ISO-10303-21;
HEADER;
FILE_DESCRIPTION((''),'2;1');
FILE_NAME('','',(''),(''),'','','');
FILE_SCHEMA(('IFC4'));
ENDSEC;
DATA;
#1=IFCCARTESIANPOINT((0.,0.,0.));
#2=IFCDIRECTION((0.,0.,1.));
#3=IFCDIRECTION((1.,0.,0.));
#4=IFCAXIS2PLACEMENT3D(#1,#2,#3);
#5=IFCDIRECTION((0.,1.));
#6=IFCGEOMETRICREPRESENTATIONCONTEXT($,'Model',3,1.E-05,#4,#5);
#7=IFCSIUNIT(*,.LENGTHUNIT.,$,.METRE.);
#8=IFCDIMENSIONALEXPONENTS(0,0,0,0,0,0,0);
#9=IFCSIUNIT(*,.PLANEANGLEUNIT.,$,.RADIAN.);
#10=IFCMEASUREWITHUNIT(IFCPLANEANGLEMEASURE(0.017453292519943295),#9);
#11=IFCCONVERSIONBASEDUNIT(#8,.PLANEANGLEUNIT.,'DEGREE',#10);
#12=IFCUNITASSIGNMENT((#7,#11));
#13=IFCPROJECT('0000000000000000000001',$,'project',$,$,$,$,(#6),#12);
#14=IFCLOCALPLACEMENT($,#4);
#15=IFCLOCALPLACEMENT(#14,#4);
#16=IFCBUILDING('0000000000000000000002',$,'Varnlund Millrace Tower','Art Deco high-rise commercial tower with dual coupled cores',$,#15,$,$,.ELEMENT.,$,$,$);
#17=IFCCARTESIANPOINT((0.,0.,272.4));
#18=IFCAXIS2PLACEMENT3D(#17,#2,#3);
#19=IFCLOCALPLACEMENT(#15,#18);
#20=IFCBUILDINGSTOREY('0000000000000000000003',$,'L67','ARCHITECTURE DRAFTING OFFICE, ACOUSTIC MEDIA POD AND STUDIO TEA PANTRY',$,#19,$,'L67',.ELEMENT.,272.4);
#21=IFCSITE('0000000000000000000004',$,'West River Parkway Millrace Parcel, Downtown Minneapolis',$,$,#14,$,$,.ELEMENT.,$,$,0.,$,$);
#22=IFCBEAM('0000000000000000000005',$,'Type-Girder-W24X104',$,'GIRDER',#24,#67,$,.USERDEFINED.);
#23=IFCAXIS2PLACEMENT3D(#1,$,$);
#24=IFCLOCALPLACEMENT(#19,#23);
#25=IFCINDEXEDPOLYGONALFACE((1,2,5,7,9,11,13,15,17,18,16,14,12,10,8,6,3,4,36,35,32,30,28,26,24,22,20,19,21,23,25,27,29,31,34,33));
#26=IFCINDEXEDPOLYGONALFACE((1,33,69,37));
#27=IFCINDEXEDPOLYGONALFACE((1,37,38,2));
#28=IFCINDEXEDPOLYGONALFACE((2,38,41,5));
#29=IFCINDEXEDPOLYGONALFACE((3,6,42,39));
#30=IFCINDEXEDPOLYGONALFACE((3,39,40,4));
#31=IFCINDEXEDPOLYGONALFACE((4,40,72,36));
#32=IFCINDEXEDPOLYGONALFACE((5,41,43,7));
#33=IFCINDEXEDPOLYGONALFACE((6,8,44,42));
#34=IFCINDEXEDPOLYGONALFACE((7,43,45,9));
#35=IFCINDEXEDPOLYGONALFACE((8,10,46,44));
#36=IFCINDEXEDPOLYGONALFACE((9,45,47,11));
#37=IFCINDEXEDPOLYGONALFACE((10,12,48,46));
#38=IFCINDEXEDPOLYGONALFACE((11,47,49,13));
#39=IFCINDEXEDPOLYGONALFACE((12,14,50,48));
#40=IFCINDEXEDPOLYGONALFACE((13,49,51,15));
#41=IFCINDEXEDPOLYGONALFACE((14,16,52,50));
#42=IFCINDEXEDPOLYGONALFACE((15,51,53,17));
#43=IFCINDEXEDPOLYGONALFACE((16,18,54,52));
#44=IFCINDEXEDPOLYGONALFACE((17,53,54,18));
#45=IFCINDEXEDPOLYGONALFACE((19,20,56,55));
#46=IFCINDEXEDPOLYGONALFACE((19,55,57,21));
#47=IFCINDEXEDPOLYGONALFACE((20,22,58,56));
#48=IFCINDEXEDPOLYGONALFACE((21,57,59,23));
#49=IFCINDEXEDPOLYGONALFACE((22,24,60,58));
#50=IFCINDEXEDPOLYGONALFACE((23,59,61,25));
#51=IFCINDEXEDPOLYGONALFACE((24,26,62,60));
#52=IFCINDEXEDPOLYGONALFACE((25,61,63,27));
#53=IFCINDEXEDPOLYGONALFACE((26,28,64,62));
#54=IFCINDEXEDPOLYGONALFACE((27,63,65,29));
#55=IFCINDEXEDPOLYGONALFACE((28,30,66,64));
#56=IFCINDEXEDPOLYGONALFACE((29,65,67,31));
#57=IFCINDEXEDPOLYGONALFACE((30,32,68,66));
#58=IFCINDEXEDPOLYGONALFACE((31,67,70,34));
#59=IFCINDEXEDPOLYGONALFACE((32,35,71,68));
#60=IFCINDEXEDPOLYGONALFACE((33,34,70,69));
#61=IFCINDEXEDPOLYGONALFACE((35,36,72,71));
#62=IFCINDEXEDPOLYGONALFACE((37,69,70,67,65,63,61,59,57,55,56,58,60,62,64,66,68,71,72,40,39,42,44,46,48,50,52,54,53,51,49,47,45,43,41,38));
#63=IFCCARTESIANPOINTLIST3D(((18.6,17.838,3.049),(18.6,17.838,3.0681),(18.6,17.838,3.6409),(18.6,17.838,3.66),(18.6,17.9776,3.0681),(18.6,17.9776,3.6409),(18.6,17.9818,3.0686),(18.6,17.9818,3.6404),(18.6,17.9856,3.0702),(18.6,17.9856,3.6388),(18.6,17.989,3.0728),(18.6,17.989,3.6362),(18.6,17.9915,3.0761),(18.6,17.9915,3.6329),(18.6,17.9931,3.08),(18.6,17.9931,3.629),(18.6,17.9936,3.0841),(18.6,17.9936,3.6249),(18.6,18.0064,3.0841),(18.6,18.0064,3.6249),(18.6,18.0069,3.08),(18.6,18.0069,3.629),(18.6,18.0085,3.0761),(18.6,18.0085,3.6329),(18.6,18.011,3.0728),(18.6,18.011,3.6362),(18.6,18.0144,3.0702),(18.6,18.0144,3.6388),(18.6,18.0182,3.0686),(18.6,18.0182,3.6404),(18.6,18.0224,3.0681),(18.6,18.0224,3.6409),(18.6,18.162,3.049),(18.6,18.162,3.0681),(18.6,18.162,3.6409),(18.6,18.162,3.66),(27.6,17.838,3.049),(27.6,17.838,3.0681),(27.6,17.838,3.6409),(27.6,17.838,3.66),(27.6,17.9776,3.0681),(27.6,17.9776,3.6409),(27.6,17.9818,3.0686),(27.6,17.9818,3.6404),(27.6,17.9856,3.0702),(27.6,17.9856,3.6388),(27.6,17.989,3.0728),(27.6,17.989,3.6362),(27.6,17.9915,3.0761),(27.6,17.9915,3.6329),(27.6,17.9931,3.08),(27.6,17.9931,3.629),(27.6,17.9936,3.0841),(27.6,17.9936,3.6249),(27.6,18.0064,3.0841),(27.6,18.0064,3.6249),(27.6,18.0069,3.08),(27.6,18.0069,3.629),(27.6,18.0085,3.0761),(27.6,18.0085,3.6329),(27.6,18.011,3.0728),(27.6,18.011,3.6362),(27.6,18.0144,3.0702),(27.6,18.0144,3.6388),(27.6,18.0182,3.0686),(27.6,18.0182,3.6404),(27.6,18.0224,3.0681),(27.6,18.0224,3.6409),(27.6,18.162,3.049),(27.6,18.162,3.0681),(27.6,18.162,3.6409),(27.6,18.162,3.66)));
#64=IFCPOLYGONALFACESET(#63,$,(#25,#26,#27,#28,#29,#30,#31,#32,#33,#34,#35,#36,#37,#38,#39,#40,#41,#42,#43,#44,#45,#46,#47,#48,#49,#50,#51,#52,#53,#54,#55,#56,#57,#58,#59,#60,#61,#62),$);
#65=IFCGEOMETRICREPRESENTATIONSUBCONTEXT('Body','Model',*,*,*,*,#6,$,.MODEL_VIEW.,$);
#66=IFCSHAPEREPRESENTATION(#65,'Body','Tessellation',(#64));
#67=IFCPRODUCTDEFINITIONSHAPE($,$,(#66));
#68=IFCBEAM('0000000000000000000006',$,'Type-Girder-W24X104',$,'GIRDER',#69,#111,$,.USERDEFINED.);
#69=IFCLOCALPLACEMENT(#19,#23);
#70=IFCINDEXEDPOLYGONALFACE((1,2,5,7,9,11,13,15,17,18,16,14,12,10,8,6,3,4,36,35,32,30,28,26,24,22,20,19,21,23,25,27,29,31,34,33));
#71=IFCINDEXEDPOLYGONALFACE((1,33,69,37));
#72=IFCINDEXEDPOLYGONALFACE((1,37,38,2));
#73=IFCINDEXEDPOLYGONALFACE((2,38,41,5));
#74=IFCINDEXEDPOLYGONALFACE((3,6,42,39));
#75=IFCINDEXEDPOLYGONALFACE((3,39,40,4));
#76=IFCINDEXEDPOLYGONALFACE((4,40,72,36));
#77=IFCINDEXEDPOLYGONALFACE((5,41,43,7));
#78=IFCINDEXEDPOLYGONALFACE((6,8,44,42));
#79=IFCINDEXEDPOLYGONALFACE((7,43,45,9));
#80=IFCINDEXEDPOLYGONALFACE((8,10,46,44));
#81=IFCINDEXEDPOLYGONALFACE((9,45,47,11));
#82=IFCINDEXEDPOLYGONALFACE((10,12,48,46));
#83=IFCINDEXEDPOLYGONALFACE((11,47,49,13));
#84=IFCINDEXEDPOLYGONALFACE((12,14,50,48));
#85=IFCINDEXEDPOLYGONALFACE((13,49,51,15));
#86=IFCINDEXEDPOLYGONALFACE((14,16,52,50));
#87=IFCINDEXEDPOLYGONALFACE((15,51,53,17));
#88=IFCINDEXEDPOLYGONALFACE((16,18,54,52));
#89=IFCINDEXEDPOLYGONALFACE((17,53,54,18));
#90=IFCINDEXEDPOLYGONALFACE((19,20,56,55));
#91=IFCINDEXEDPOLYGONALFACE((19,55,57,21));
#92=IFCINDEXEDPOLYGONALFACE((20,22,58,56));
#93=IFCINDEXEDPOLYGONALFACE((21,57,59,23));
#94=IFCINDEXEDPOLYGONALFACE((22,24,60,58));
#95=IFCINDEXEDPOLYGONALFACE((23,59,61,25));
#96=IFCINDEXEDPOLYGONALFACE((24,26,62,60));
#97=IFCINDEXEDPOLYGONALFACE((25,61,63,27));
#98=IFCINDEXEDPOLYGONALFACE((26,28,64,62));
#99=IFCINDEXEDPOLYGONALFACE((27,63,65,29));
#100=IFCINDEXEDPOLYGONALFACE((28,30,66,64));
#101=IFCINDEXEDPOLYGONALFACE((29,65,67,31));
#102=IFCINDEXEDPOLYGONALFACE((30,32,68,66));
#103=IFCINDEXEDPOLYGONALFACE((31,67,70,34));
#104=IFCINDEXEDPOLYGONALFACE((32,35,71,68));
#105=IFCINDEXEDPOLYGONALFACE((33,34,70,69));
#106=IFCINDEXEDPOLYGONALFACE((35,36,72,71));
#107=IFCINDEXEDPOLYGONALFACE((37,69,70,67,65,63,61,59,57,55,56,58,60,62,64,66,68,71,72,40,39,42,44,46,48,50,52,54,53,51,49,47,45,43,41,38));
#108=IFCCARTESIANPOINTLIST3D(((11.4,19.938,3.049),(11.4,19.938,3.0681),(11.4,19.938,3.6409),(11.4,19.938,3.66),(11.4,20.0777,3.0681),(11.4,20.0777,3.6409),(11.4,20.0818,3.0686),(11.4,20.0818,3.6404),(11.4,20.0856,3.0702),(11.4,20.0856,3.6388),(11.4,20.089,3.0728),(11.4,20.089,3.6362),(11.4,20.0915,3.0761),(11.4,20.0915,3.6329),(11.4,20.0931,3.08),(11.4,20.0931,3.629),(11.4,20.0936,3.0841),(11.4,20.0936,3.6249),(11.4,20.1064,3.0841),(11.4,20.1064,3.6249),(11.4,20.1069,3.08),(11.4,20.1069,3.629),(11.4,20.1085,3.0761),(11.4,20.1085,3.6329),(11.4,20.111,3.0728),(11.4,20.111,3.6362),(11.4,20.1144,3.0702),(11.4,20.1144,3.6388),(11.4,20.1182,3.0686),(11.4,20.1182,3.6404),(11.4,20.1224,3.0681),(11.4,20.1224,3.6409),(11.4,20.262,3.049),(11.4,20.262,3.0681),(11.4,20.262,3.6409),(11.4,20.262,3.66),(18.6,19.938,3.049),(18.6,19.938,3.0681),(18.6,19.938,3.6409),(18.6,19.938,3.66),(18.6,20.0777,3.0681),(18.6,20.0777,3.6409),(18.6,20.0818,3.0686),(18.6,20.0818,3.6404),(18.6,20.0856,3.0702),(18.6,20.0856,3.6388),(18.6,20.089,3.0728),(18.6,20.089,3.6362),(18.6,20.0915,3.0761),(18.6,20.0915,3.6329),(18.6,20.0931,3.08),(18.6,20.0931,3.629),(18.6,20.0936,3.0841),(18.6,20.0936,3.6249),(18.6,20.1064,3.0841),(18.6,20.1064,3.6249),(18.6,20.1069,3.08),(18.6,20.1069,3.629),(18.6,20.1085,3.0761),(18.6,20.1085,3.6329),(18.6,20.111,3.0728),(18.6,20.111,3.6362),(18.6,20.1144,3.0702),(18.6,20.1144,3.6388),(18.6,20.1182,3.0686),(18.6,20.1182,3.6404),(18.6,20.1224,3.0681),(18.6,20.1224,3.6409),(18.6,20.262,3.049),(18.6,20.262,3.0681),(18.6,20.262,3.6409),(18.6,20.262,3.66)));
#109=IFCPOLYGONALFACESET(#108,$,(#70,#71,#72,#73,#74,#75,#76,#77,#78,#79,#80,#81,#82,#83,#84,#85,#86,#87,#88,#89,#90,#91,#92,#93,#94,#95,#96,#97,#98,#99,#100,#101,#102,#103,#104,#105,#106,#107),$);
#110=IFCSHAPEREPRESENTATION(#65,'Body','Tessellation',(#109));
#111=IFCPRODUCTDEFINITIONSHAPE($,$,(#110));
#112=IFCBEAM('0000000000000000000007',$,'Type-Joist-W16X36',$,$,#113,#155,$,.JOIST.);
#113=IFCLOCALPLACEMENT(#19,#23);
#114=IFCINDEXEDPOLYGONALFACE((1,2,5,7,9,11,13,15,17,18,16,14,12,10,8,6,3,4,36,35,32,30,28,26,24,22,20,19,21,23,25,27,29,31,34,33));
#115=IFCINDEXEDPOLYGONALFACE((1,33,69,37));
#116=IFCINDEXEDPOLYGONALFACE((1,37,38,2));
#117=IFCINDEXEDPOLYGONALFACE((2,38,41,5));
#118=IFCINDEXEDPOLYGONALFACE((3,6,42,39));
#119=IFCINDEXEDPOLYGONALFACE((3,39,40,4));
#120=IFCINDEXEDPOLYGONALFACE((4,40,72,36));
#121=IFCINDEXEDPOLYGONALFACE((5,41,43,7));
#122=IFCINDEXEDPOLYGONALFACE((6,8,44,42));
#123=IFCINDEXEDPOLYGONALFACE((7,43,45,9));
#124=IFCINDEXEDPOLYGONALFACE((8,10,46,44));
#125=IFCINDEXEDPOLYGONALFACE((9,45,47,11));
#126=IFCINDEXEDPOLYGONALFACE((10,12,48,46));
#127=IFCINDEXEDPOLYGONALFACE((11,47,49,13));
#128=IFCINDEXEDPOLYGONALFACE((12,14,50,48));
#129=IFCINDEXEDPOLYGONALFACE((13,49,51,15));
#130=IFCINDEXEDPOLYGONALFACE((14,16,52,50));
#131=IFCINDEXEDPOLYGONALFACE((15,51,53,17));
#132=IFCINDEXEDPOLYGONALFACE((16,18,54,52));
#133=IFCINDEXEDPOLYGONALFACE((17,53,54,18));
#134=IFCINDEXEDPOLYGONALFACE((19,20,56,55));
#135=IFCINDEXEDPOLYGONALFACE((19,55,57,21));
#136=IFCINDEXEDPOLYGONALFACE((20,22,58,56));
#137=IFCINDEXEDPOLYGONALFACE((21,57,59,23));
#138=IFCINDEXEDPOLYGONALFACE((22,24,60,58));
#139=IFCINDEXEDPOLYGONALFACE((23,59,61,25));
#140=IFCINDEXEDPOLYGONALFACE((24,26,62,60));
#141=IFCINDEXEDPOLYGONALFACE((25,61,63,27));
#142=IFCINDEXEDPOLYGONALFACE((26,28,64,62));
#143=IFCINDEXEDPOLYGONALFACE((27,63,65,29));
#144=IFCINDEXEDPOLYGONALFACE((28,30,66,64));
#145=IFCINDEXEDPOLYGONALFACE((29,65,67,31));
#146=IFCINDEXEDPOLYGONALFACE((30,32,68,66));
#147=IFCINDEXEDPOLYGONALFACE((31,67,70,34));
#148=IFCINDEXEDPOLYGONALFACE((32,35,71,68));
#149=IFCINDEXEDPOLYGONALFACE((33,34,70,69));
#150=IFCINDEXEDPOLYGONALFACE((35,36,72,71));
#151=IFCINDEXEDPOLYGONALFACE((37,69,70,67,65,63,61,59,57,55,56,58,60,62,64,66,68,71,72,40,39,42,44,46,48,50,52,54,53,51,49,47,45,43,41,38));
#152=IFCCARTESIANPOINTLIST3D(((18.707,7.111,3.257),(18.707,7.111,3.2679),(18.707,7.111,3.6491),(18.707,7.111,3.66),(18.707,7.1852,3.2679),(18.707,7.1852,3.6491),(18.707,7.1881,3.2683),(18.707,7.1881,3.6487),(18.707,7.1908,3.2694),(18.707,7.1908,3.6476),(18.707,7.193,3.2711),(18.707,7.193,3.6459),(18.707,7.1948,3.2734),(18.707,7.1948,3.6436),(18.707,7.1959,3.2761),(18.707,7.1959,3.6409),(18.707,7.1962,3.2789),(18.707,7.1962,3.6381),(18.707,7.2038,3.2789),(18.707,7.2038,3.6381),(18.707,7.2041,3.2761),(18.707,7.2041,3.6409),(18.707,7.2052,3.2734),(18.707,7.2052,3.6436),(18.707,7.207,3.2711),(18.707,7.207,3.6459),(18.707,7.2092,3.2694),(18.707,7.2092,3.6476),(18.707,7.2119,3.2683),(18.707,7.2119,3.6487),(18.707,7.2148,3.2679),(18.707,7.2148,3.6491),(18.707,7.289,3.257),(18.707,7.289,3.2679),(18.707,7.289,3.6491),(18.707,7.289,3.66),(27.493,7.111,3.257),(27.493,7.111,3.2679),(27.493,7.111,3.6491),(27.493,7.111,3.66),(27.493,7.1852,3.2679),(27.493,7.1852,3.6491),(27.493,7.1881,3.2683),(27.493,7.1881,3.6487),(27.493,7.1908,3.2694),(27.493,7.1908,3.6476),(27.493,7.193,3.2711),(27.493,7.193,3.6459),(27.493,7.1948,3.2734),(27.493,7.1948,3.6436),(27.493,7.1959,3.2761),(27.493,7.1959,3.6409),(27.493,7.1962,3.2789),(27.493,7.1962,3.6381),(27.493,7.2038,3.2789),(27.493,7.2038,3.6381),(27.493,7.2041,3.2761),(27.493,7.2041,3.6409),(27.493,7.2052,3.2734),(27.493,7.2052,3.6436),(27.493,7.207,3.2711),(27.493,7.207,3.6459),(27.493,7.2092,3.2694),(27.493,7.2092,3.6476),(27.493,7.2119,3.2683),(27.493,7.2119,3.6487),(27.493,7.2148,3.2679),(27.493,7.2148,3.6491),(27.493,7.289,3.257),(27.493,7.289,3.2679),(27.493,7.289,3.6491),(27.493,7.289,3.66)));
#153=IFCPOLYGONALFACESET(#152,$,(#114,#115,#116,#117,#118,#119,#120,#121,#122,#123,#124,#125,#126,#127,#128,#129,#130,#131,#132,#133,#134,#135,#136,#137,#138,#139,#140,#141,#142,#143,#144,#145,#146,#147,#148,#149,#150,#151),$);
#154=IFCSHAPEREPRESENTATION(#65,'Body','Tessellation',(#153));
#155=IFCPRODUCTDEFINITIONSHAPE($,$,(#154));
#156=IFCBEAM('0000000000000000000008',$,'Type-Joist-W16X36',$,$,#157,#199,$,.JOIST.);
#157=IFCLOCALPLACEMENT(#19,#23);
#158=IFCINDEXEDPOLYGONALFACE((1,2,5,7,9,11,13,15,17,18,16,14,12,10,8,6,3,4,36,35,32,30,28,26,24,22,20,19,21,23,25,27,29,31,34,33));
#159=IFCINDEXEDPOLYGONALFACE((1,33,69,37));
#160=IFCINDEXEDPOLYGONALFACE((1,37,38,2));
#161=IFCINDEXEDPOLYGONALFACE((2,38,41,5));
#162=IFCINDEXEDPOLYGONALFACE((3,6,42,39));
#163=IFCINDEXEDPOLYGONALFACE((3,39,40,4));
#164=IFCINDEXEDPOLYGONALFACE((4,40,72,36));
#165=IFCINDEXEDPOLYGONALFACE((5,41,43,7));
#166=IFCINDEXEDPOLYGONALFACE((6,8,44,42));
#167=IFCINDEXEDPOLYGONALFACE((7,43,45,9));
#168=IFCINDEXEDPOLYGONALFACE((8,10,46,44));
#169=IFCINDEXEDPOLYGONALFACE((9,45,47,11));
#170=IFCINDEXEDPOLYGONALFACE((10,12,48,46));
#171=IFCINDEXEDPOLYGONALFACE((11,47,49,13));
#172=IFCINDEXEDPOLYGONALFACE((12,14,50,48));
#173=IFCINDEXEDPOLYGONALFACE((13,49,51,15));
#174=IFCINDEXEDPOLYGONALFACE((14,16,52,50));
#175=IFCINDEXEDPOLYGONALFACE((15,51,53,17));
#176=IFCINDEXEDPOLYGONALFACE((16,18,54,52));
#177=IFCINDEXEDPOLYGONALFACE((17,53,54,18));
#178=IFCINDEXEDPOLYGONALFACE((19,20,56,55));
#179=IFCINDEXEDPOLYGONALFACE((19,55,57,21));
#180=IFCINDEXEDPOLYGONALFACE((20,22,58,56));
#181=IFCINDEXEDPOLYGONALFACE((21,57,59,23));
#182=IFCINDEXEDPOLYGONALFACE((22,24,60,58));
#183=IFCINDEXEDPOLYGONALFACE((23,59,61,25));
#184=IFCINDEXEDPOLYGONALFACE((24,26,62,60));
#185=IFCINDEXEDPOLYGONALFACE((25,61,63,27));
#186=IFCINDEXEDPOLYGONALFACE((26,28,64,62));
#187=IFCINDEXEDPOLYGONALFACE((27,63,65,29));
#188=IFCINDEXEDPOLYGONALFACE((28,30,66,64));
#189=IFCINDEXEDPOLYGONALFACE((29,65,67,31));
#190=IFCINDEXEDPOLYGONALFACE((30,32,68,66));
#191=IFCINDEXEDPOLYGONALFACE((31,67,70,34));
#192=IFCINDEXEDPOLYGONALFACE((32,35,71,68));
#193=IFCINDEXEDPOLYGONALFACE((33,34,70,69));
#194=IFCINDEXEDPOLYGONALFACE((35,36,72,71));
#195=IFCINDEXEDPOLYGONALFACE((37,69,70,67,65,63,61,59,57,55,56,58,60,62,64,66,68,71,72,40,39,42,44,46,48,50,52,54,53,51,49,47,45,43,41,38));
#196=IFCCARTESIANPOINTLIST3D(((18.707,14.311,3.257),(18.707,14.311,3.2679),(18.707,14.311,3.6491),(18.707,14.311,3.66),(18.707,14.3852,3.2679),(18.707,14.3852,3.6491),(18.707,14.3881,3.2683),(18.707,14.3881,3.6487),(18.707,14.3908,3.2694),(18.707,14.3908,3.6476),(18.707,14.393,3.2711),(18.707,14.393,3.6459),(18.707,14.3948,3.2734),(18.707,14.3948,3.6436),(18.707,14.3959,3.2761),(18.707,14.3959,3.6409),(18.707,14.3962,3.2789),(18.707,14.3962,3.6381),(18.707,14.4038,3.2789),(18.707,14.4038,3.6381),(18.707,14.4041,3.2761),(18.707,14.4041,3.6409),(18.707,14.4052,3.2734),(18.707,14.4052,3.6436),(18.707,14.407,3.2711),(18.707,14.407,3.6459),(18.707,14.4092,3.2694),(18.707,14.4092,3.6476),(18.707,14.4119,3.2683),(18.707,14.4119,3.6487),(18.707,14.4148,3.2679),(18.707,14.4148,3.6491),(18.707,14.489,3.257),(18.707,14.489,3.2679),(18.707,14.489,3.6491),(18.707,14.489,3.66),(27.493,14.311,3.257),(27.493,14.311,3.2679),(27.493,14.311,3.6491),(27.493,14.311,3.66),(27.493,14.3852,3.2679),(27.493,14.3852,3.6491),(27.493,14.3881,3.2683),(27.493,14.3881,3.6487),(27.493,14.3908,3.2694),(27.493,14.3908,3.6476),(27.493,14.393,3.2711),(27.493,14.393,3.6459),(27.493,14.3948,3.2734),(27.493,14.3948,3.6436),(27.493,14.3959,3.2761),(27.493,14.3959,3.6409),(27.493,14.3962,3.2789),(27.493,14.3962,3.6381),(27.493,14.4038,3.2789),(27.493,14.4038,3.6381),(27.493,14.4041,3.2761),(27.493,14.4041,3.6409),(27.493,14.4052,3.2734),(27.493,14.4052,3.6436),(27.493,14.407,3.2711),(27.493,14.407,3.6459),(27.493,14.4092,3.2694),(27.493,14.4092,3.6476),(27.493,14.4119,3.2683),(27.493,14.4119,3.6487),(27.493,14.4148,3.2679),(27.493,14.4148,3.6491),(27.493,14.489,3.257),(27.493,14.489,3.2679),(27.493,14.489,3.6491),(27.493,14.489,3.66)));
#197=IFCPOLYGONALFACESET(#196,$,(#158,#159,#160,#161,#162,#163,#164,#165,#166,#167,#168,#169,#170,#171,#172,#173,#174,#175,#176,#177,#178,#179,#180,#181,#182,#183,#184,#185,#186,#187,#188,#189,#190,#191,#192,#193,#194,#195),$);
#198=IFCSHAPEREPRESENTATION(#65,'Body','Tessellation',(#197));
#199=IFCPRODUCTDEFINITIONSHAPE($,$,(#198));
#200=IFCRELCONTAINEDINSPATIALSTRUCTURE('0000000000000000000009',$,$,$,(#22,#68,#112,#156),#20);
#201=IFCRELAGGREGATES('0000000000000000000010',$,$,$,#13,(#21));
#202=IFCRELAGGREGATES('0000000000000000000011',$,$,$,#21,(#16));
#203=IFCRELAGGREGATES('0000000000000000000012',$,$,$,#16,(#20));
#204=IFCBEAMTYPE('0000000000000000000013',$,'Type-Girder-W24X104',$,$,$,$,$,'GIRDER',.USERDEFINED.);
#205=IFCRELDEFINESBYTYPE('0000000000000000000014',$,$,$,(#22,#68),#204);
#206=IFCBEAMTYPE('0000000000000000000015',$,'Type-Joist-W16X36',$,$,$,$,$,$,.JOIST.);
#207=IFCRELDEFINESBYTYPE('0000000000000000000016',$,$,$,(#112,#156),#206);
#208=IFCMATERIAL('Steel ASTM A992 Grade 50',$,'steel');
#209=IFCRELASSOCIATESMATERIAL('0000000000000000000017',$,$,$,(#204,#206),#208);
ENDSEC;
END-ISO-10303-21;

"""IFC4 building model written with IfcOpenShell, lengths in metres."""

from ifc_helpers import new_model, entity, si_unit, converted_unit, direction, frame, origin_with_axes, origin_2d_with_axis, place, context, subcontext, project, spatial, i_section, extrude, material, material_profile, profile_set, type_object, element, save


model = new_model("IFC4")

# Units and contexts
model_context = context("Model", 3, precision=1e-05, world=origin_with_axes(), true_north=direction((0.0, 1.0)))
body_context = subcontext(model_context, "Body", "Model", "MODEL_VIEW")
ifc_project = project(units=[si_unit("LENGTHUNIT", "METRE"), converted_unit("PLANEANGLEUNIT", "DEGREE", entity("IfcPlaneAngleMeasure", 0.017453292519943295), si_unit("PLANEANGLEUNIT", "RADIAN"), dimensions=[0, 0, 0, 0, 0, 0, 0])], contexts=[model_context])

# Site, building, storey
site_placement = place(None, origin_with_axes())
site = spatial("IfcSite", under=ifc_project, at=site_placement, Name="West River Parkway Millrace Parcel, Downtown Minneapolis", CompositionType="ELEMENT", RefElevation=0.0)
building_placement = place(site_placement, origin_with_axes())
building = spatial("IfcBuilding", under=site, at=building_placement, Name="Varnlund Millrace Tower", Description="Art Deco high-rise commercial tower with dual coupled cores", CompositionType="ELEMENT")
storey_placement = place(building_placement, frame((0.0, 0.0, 272.4), z_axis=(0.0, 0.0, 1.0), x_axis=(1.0, 0.0, 0.0)))
storey = spatial("IfcBuildingStorey", under=building, at=storey_placement, Name="L67", Description="ARCHITECTURE DRAFTING OFFICE, ACOUSTIC MEDIA POD AND STUDIO TEA PANTRY", LongName="L67", CompositionType="ELEMENT", Elevation=272.4)

# Beams
ifc_material_1 = material(Name="Steel ASTM A992 Grade 50", Category="steel")
ifc_material_profile_1 = material_profile(ifc_material_1, i_section(OverallWidth=0.324, OverallDepth=0.611, WebThickness=0.0127, FlangeThickness=0.0191, FilletRadius=0.016, at=origin_2d_with_axis()), Name="Steel ASTM A992 Grade 50")
ifc_profile_set_1 = profile_set([ifc_material_profile_1], Name="Steel ASTM A992 Grade 50")
beam_type_1 = type_object("IfcBeamType", Name="Type-Girder-W24X104", ElementType="GIRDER", PredefinedType="USERDEFINED", material=ifc_profile_set_1)
for number, where, z_axis, x_axis, name in (
    (1, (18.6, 18.0, 3.3545), (1.0, 0.0, 0.0), (0.0, 1.0, 0.0), "Type-Girder-W24X104"),
):
    element("IfcBeam", number, at=place(storey_placement, frame(where, z_axis=z_axis, x_axis=x_axis)), inside=storey, type_object=beam_type_1, Name=name, ObjectType="GIRDER", PredefinedType="USERDEFINED", context=body_context, shape_type="SweptSolid", body=[
        extrude(i_section(OverallWidth=0.324, OverallDepth=0.611, WebThickness=0.0127, FlangeThickness=0.0191, FilletRadius=0.016, at=origin_2d_with_axis()), origin_with_axes(), (0.0, 0.0, 1.0), 9.0),
    ])
beam_1_placement = place(storey_placement, frame((11.4, 20.1, 3.3545), z_axis=(1.0, 0.0, 0.0), x_axis=(0.0, 1.0, 0.0)))
element("IfcBeam", 2, at=beam_1_placement, inside=storey, type_object=beam_type_1, Name="Type-Girder-W24X104", ObjectType="GIRDER", PredefinedType="USERDEFINED", context=body_context, shape_type="SweptSolid", body=[
    extrude(i_section(OverallWidth=0.324, OverallDepth=0.611, WebThickness=0.0127, FlangeThickness=0.0191, FilletRadius=0.016, at=origin_2d_with_axis()), origin_with_axes(), (0.0, 0.0, 1.0), 7.2),
])
ifc_material_profile_2 = material_profile(ifc_material_1, i_section(OverallWidth=0.178, OverallDepth=0.403, WebThickness=0.0075, FlangeThickness=0.0109, FilletRadius=0.011, at=origin_2d_with_axis()), Name="Steel ASTM A992 Grade 50")
ifc_profile_set_2 = profile_set([ifc_material_profile_2], Name="Steel ASTM A992 Grade 50")
beam_type_2 = type_object("IfcBeamType", Name="Type-Joist-W16X36", PredefinedType="JOIST", material=ifc_profile_set_2)
for number, where, z_axis, x_axis, name in (
    (3, (18.707, 7.2, 3.4585), (1.0, 0.0, 0.0), (0.0, 1.0, 0.0), "Type-Joist-W16X36"),
    (4, (18.707, 14.4, 3.4585), (1.0, 0.0, 0.0), (0.0, 1.0, 0.0), "Type-Joist-W16X36"),
):
    element("IfcBeam", number, at=place(storey_placement, frame(where, z_axis=z_axis, x_axis=x_axis)), inside=storey, type_object=beam_type_2, Name=name, PredefinedType="JOIST", context=body_context, shape_type="SweptSolid", body=[
        extrude(i_section(OverallWidth=0.178, OverallDepth=0.403, WebThickness=0.0075, FlangeThickness=0.0109, FilletRadius=0.011, at=origin_2d_with_axis()), origin_with_axes(), (0.0, 0.0, 1.0), 8.786),
    ])

save(model, "model.ifc")
